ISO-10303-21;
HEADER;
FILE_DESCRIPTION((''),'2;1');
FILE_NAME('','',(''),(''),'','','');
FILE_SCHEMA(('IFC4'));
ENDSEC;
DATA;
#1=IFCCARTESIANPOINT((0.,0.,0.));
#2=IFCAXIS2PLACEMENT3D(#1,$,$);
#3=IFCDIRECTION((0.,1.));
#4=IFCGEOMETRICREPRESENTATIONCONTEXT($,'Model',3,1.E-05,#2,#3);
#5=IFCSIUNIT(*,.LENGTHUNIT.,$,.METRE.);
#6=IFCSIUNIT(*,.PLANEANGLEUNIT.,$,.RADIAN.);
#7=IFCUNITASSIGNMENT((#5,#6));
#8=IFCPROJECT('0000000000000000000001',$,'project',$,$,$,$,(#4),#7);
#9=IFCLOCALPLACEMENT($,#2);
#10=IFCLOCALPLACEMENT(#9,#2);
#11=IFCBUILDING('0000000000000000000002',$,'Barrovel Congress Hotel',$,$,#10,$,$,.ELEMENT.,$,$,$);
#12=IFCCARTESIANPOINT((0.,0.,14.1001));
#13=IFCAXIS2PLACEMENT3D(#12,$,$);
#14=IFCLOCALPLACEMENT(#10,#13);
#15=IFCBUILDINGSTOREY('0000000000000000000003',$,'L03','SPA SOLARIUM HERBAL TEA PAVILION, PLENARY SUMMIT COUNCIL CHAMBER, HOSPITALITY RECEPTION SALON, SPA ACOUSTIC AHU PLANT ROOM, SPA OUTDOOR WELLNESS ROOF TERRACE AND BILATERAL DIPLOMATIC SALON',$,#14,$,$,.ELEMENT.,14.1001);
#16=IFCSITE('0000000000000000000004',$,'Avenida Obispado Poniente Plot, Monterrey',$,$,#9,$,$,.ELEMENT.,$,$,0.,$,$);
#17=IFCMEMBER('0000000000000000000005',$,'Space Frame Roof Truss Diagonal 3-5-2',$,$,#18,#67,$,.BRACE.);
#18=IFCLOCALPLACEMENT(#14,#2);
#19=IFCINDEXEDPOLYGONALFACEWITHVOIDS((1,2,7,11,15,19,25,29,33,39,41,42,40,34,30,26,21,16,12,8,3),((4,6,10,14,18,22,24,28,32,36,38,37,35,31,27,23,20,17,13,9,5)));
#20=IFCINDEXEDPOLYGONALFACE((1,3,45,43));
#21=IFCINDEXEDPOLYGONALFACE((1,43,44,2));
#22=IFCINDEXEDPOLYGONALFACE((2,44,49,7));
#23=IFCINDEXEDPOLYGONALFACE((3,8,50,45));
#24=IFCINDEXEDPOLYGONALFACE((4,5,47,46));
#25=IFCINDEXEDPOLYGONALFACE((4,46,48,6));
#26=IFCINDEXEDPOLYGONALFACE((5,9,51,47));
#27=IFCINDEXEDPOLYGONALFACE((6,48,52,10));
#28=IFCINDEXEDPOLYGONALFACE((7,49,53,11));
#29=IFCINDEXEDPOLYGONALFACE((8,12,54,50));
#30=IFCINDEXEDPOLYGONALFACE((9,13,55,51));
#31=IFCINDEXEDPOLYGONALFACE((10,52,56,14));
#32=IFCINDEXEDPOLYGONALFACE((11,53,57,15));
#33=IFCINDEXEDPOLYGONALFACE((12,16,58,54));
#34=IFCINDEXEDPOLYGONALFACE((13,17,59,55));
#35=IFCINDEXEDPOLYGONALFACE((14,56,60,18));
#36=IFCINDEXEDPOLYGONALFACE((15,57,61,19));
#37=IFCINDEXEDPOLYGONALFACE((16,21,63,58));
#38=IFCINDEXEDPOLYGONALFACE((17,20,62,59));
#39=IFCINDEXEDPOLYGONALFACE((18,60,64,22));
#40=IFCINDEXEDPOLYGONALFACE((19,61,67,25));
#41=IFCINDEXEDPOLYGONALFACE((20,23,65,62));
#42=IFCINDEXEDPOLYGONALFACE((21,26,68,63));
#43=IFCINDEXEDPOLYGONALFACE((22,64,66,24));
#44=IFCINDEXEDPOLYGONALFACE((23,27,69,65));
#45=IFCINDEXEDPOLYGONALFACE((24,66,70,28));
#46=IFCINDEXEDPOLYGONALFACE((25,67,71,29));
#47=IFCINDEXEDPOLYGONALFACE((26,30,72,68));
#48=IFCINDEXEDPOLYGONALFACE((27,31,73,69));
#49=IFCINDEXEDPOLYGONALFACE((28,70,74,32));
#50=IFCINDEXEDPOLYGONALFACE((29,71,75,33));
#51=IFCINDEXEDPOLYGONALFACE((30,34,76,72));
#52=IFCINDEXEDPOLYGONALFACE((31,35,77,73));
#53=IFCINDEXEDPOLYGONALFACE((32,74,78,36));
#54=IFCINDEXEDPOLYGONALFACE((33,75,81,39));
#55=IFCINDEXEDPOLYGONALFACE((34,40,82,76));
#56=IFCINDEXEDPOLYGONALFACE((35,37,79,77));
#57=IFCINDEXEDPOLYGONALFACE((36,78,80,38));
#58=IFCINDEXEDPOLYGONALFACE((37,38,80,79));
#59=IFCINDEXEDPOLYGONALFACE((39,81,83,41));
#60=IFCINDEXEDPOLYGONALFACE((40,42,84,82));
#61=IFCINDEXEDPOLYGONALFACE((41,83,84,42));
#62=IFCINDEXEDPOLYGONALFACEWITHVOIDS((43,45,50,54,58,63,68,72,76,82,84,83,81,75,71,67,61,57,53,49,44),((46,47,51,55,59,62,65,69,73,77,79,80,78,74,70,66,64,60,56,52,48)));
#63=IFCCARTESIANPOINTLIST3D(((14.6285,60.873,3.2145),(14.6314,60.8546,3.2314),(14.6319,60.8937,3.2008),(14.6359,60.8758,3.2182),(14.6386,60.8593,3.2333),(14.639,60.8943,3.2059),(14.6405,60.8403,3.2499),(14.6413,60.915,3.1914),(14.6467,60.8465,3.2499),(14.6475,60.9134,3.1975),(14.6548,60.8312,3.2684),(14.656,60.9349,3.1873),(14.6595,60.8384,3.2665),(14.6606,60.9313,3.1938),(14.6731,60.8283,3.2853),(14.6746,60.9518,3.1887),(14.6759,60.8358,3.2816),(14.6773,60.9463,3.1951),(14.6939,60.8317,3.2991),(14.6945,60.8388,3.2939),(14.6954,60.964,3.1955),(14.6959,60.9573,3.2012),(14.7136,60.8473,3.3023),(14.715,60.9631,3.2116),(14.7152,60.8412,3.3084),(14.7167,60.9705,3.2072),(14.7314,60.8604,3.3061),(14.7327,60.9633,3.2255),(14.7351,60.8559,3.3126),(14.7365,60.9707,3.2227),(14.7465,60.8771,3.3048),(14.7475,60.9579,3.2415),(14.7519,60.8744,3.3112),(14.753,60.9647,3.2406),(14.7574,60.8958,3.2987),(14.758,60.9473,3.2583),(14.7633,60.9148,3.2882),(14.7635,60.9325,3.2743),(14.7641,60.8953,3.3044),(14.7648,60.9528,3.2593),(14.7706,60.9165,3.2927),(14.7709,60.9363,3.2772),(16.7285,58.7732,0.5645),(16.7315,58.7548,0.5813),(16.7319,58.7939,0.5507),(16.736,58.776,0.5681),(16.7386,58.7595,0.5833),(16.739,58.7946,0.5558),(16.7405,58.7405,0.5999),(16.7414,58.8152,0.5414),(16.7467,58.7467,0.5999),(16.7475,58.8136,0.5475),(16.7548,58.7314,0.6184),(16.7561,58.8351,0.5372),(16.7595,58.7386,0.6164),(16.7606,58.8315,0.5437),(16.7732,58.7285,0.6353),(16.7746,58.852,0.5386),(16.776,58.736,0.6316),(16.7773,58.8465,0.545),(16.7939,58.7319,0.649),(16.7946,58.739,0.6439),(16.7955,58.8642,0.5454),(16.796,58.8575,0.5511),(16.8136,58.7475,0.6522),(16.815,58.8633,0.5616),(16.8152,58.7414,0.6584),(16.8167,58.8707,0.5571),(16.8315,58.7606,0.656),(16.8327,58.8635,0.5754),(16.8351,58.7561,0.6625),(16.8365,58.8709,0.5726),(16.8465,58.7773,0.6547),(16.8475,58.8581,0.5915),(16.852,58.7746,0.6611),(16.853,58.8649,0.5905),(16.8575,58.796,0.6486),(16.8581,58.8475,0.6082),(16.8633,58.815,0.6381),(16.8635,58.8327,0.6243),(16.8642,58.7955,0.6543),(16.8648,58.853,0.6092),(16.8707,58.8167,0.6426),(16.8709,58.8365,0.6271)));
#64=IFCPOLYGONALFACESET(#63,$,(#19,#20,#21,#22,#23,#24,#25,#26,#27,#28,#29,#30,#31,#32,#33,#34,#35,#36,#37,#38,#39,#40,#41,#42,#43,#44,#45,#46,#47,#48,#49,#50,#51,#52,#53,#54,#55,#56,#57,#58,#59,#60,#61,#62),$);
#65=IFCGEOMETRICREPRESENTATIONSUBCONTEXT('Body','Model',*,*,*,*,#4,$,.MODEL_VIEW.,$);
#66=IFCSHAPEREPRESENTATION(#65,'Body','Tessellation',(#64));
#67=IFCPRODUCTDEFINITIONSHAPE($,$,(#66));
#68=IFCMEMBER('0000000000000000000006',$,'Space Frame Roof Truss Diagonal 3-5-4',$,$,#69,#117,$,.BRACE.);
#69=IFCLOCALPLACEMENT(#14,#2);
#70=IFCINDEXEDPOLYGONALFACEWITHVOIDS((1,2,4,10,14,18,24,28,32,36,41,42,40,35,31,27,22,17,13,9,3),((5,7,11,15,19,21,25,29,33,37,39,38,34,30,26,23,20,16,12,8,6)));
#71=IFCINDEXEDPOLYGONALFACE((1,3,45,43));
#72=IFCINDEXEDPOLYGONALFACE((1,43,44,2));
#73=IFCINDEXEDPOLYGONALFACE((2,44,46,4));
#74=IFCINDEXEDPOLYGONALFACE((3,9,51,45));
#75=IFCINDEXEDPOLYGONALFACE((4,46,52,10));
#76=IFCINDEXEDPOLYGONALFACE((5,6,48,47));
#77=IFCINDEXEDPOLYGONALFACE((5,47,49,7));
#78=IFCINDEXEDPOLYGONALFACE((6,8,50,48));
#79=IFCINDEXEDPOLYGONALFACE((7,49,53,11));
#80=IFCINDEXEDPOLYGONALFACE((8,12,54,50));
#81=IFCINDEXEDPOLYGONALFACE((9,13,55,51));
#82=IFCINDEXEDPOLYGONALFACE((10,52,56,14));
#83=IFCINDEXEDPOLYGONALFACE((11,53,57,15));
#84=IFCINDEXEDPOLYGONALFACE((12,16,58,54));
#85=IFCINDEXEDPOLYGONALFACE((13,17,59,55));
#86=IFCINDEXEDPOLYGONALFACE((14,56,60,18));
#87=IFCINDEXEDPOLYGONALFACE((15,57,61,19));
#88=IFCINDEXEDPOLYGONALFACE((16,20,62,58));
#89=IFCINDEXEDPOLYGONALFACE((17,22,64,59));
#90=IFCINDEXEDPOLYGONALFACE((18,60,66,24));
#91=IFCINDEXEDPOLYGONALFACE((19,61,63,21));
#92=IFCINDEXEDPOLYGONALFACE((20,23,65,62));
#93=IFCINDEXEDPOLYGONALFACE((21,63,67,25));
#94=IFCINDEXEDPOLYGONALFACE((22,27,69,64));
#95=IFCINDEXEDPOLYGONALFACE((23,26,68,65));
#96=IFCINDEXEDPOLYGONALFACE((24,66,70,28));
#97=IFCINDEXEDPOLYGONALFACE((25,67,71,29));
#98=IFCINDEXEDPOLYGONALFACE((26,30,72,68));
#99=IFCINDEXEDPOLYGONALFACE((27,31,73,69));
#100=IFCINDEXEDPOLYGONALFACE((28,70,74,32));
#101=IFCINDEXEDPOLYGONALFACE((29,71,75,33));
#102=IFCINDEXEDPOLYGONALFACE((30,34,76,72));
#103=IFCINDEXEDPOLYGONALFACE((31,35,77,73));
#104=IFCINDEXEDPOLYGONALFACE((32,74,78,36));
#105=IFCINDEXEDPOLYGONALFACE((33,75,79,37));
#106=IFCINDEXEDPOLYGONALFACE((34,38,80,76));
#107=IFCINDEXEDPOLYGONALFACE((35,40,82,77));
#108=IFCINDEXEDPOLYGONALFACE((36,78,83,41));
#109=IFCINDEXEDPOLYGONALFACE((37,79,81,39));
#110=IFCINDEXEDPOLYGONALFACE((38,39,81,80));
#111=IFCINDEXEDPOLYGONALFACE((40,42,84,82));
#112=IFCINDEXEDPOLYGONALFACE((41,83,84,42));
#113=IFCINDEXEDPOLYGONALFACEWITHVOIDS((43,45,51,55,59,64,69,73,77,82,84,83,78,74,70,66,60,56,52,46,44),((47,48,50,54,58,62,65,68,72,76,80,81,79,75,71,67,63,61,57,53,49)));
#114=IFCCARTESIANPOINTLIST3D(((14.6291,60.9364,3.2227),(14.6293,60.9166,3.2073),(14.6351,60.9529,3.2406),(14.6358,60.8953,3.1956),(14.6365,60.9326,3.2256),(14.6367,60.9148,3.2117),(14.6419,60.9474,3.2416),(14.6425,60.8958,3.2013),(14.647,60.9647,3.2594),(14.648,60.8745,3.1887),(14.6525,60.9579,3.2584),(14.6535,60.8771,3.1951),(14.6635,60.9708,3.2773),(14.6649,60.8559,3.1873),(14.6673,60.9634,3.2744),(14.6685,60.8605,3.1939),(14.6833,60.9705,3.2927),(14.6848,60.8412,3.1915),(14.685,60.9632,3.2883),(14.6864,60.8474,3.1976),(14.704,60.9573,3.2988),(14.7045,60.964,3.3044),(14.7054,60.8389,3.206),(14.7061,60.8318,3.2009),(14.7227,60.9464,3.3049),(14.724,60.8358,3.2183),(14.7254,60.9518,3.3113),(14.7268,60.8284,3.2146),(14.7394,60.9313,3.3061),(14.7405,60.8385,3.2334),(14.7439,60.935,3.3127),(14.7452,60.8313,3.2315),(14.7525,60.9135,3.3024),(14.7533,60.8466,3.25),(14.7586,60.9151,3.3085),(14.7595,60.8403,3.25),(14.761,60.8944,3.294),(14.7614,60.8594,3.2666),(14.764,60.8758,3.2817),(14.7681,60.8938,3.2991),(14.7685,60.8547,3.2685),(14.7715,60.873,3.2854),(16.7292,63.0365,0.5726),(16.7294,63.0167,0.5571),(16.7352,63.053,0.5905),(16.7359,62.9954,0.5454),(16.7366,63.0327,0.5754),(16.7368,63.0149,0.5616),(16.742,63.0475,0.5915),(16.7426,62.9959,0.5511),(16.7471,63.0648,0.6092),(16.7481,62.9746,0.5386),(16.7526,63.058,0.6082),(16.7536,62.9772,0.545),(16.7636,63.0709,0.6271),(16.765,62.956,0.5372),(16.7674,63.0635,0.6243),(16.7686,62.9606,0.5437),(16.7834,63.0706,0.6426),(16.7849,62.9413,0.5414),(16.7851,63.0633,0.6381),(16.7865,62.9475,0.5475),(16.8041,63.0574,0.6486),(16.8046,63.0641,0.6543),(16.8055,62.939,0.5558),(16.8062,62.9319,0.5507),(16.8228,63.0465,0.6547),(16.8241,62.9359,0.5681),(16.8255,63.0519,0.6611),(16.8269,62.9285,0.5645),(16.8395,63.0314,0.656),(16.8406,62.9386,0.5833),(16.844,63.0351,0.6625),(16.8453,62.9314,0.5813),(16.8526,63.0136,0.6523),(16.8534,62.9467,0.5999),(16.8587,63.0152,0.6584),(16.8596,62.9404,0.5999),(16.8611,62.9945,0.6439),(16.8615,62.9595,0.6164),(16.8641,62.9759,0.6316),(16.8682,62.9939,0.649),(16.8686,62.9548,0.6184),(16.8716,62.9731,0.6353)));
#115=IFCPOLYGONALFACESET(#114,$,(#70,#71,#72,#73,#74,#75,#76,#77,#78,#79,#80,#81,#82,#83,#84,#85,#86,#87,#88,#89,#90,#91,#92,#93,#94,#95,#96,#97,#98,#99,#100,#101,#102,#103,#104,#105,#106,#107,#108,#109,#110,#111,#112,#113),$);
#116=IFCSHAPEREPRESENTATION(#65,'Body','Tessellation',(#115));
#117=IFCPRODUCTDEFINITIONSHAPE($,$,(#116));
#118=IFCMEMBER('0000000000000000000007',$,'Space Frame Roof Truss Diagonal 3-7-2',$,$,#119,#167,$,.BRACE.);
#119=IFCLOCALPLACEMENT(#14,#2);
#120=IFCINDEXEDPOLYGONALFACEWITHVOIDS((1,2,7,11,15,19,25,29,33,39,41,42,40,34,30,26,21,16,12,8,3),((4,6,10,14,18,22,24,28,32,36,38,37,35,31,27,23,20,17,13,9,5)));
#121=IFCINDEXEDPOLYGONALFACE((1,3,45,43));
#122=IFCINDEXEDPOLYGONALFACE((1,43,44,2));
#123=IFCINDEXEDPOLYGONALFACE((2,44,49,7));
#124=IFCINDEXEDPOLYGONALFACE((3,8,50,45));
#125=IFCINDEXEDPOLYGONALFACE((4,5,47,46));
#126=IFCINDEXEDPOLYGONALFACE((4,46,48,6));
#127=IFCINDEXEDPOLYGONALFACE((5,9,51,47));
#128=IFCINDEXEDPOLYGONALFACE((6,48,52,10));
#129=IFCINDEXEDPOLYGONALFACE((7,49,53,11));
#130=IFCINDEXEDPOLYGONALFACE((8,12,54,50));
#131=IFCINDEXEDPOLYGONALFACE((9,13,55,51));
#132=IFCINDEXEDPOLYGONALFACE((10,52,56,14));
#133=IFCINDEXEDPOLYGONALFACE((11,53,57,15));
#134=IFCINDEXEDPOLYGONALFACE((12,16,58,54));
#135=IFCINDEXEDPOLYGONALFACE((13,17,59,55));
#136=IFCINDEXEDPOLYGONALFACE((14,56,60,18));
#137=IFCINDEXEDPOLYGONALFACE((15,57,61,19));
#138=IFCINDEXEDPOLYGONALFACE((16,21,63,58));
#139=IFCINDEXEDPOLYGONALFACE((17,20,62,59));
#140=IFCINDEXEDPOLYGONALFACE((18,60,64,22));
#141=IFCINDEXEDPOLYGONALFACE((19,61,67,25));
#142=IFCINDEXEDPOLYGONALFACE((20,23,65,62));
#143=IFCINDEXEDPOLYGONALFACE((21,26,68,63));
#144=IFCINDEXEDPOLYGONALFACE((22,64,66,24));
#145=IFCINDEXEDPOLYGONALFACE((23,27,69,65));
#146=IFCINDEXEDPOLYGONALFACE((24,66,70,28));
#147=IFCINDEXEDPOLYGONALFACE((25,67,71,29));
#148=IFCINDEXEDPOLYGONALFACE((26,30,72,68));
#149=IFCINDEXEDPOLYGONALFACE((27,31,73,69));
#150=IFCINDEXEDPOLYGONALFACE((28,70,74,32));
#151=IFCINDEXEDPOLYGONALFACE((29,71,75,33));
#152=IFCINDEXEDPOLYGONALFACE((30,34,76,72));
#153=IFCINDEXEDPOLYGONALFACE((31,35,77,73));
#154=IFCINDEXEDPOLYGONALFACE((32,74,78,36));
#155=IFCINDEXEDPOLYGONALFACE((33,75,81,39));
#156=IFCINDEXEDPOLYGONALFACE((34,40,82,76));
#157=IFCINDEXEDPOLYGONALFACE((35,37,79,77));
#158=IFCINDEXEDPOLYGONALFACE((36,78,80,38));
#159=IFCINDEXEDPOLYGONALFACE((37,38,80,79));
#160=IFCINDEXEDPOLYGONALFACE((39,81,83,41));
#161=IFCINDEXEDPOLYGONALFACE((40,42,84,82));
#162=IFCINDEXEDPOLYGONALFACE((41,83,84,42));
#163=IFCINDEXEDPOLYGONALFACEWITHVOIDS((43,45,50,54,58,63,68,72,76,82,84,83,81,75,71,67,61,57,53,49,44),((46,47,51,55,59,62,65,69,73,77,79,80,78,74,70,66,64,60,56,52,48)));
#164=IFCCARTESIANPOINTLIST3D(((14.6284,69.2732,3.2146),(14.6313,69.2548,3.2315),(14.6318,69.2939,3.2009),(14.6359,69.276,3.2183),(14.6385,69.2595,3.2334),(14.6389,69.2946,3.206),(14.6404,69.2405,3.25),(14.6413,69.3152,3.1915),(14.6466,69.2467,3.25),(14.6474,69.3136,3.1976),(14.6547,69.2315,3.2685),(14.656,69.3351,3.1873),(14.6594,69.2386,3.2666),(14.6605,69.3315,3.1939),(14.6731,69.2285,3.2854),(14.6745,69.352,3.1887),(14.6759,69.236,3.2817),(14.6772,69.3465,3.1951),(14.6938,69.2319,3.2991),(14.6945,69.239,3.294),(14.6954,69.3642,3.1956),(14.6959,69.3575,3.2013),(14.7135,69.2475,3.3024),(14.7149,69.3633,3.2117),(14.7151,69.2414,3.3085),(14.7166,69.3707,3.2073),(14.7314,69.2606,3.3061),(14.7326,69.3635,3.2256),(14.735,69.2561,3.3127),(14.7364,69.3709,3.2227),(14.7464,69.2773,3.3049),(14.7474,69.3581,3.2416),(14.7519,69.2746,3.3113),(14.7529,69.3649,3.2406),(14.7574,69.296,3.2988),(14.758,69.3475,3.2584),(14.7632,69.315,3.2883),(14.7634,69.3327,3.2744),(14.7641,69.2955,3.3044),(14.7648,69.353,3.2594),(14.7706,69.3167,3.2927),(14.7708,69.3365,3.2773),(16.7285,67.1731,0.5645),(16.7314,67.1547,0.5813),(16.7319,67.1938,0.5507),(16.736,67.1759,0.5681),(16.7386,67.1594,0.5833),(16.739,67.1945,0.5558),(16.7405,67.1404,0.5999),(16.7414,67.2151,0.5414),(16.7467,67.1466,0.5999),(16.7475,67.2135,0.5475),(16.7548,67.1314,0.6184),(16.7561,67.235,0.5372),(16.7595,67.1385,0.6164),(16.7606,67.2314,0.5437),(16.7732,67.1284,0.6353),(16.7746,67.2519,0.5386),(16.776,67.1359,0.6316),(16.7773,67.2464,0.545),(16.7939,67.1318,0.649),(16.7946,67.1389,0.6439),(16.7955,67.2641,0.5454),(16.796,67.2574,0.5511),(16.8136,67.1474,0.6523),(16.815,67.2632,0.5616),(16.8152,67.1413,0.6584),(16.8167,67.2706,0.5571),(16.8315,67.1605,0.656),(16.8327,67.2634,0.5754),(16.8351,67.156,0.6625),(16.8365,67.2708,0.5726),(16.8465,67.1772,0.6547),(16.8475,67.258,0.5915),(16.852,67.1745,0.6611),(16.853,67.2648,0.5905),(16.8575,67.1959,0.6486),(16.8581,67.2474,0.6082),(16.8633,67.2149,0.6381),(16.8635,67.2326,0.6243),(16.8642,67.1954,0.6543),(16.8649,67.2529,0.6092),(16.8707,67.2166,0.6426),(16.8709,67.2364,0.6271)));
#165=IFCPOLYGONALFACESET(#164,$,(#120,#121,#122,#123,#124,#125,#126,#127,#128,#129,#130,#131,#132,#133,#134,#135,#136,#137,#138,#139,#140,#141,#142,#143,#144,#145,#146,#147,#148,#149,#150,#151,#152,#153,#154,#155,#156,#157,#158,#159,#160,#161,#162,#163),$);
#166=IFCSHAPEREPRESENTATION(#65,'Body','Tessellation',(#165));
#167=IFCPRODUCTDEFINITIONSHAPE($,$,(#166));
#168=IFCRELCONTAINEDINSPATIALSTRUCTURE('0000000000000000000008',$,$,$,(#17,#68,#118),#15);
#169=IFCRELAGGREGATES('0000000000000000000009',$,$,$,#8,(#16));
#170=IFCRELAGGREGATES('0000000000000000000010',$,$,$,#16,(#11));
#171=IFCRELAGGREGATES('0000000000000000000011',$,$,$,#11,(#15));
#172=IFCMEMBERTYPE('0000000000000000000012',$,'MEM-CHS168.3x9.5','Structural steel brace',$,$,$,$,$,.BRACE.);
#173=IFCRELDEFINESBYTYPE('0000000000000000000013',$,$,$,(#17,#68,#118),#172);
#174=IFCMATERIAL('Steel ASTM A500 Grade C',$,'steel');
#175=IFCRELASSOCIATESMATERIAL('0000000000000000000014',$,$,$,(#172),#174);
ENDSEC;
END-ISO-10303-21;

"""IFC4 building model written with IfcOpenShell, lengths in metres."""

from ifc_helpers import new_model, si_unit, direction, frame, origin, origin_2d, place, context, subcontext, project, spatial, hollow_circle, extrude, material, material_profile, profile_set, type_object, element, save


model = new_model("IFC4")

# Units and contexts
model_context = context("Model", 3, precision=1e-05, world=origin(), true_north=direction((0.0, 1.0)))
body_context = subcontext(model_context, "Body", "Model", "MODEL_VIEW")
ifc_project = project(units=[si_unit("LENGTHUNIT", "METRE"), si_unit("PLANEANGLEUNIT", "RADIAN")], contexts=[model_context])

# Site, building, storey
site_placement = place(None, origin())
site = spatial("IfcSite", under=ifc_project, at=site_placement, Name="Avenida Obispado Poniente Plot, Monterrey", CompositionType="ELEMENT", RefElevation=0.0)
building_placement = place(site_placement, origin())
building = spatial("IfcBuilding", under=site, at=building_placement, Name="Barrovel Congress Hotel", CompositionType="ELEMENT")
storey_placement = place(building_placement, frame((0.0, 0.0, 14.1001)))
storey = spatial("IfcBuildingStorey", under=building, at=storey_placement, Name="L03", Description="SPA SOLARIUM HERBAL TEA PAVILION, PLENARY SUMMIT COUNCIL CHAMBER, HOSPITALITY RECEPTION SALON, SPA ACOUSTIC AHU PLANT ROOM, SPA OUTDOOR WELLNESS ROOF TERRACE AND BILATERAL DIPLOMATIC SALON", CompositionType="ELEMENT", Elevation=14.1001)

# Members
ifc_material_1 = material(Name="Steel ASTM A500 Grade C", Category="steel")
ifc_material_profile_1 = material_profile(ifc_material_1, hollow_circle(Radius=0.0842, WallThickness=0.0088, at=origin_2d()), Name="CHS168.3x9.5")
ifc_profile_set_1 = profile_set([ifc_material_profile_1], Name="Steel ASTM A500 Grade C")
member_type_1 = type_object("IfcMemberType", Name="MEM-CHS168.3x9.5", Description="Structural steel brace", PredefinedType="BRACE", material=ifc_profile_set_1)
member_1_placement = place(storey_placement, frame((16.8, 58.8, 0.5999), z_axis=(-0.527618, 0.527557, 0.66581), x_axis=(-0.707066, -0.707148, 0.0)))
element("IfcMember", 1, at=member_1_placement, inside=storey, type_object=member_type_1, Name="Space Frame Roof Truss Diagonal 3-5-2", PredefinedType="BRACE", context=body_context, shape_type="SweptSolid", body=[
    extrude(hollow_circle(Radius=0.0842, WallThickness=0.0088, at=origin_2d()), origin(), (0.0, 0.0, 1.0), 3.9802),
])
for number, where, z_axis, x_axis, name in (
    (2, (16.8, 63.0, 0.5999), (-0.527601, -0.527601, 0.665788), (0.707107, -0.707107, 0.0), "Space Frame Roof Truss Diagonal 3-5-4"),
    (3, (16.8, 67.2, 0.5999), (-0.527601, 0.527601, 0.665788), (-0.707107, -0.707107, 0.0), "Space Frame Roof Truss Diagonal 3-7-2"),
):
    element("IfcMember", number, at=place(storey_placement, frame(where, z_axis=z_axis, x_axis=x_axis)), inside=storey, type_object=member_type_1, Name=name, PredefinedType="BRACE", context=body_context, shape_type="SweptSolid", body=[
        extrude(hollow_circle(Radius=0.0842, WallThickness=0.0088, at=origin_2d()), origin(), (0.0, 0.0, 1.0), 3.9805),
    ])

save(model, "model.ifc")
